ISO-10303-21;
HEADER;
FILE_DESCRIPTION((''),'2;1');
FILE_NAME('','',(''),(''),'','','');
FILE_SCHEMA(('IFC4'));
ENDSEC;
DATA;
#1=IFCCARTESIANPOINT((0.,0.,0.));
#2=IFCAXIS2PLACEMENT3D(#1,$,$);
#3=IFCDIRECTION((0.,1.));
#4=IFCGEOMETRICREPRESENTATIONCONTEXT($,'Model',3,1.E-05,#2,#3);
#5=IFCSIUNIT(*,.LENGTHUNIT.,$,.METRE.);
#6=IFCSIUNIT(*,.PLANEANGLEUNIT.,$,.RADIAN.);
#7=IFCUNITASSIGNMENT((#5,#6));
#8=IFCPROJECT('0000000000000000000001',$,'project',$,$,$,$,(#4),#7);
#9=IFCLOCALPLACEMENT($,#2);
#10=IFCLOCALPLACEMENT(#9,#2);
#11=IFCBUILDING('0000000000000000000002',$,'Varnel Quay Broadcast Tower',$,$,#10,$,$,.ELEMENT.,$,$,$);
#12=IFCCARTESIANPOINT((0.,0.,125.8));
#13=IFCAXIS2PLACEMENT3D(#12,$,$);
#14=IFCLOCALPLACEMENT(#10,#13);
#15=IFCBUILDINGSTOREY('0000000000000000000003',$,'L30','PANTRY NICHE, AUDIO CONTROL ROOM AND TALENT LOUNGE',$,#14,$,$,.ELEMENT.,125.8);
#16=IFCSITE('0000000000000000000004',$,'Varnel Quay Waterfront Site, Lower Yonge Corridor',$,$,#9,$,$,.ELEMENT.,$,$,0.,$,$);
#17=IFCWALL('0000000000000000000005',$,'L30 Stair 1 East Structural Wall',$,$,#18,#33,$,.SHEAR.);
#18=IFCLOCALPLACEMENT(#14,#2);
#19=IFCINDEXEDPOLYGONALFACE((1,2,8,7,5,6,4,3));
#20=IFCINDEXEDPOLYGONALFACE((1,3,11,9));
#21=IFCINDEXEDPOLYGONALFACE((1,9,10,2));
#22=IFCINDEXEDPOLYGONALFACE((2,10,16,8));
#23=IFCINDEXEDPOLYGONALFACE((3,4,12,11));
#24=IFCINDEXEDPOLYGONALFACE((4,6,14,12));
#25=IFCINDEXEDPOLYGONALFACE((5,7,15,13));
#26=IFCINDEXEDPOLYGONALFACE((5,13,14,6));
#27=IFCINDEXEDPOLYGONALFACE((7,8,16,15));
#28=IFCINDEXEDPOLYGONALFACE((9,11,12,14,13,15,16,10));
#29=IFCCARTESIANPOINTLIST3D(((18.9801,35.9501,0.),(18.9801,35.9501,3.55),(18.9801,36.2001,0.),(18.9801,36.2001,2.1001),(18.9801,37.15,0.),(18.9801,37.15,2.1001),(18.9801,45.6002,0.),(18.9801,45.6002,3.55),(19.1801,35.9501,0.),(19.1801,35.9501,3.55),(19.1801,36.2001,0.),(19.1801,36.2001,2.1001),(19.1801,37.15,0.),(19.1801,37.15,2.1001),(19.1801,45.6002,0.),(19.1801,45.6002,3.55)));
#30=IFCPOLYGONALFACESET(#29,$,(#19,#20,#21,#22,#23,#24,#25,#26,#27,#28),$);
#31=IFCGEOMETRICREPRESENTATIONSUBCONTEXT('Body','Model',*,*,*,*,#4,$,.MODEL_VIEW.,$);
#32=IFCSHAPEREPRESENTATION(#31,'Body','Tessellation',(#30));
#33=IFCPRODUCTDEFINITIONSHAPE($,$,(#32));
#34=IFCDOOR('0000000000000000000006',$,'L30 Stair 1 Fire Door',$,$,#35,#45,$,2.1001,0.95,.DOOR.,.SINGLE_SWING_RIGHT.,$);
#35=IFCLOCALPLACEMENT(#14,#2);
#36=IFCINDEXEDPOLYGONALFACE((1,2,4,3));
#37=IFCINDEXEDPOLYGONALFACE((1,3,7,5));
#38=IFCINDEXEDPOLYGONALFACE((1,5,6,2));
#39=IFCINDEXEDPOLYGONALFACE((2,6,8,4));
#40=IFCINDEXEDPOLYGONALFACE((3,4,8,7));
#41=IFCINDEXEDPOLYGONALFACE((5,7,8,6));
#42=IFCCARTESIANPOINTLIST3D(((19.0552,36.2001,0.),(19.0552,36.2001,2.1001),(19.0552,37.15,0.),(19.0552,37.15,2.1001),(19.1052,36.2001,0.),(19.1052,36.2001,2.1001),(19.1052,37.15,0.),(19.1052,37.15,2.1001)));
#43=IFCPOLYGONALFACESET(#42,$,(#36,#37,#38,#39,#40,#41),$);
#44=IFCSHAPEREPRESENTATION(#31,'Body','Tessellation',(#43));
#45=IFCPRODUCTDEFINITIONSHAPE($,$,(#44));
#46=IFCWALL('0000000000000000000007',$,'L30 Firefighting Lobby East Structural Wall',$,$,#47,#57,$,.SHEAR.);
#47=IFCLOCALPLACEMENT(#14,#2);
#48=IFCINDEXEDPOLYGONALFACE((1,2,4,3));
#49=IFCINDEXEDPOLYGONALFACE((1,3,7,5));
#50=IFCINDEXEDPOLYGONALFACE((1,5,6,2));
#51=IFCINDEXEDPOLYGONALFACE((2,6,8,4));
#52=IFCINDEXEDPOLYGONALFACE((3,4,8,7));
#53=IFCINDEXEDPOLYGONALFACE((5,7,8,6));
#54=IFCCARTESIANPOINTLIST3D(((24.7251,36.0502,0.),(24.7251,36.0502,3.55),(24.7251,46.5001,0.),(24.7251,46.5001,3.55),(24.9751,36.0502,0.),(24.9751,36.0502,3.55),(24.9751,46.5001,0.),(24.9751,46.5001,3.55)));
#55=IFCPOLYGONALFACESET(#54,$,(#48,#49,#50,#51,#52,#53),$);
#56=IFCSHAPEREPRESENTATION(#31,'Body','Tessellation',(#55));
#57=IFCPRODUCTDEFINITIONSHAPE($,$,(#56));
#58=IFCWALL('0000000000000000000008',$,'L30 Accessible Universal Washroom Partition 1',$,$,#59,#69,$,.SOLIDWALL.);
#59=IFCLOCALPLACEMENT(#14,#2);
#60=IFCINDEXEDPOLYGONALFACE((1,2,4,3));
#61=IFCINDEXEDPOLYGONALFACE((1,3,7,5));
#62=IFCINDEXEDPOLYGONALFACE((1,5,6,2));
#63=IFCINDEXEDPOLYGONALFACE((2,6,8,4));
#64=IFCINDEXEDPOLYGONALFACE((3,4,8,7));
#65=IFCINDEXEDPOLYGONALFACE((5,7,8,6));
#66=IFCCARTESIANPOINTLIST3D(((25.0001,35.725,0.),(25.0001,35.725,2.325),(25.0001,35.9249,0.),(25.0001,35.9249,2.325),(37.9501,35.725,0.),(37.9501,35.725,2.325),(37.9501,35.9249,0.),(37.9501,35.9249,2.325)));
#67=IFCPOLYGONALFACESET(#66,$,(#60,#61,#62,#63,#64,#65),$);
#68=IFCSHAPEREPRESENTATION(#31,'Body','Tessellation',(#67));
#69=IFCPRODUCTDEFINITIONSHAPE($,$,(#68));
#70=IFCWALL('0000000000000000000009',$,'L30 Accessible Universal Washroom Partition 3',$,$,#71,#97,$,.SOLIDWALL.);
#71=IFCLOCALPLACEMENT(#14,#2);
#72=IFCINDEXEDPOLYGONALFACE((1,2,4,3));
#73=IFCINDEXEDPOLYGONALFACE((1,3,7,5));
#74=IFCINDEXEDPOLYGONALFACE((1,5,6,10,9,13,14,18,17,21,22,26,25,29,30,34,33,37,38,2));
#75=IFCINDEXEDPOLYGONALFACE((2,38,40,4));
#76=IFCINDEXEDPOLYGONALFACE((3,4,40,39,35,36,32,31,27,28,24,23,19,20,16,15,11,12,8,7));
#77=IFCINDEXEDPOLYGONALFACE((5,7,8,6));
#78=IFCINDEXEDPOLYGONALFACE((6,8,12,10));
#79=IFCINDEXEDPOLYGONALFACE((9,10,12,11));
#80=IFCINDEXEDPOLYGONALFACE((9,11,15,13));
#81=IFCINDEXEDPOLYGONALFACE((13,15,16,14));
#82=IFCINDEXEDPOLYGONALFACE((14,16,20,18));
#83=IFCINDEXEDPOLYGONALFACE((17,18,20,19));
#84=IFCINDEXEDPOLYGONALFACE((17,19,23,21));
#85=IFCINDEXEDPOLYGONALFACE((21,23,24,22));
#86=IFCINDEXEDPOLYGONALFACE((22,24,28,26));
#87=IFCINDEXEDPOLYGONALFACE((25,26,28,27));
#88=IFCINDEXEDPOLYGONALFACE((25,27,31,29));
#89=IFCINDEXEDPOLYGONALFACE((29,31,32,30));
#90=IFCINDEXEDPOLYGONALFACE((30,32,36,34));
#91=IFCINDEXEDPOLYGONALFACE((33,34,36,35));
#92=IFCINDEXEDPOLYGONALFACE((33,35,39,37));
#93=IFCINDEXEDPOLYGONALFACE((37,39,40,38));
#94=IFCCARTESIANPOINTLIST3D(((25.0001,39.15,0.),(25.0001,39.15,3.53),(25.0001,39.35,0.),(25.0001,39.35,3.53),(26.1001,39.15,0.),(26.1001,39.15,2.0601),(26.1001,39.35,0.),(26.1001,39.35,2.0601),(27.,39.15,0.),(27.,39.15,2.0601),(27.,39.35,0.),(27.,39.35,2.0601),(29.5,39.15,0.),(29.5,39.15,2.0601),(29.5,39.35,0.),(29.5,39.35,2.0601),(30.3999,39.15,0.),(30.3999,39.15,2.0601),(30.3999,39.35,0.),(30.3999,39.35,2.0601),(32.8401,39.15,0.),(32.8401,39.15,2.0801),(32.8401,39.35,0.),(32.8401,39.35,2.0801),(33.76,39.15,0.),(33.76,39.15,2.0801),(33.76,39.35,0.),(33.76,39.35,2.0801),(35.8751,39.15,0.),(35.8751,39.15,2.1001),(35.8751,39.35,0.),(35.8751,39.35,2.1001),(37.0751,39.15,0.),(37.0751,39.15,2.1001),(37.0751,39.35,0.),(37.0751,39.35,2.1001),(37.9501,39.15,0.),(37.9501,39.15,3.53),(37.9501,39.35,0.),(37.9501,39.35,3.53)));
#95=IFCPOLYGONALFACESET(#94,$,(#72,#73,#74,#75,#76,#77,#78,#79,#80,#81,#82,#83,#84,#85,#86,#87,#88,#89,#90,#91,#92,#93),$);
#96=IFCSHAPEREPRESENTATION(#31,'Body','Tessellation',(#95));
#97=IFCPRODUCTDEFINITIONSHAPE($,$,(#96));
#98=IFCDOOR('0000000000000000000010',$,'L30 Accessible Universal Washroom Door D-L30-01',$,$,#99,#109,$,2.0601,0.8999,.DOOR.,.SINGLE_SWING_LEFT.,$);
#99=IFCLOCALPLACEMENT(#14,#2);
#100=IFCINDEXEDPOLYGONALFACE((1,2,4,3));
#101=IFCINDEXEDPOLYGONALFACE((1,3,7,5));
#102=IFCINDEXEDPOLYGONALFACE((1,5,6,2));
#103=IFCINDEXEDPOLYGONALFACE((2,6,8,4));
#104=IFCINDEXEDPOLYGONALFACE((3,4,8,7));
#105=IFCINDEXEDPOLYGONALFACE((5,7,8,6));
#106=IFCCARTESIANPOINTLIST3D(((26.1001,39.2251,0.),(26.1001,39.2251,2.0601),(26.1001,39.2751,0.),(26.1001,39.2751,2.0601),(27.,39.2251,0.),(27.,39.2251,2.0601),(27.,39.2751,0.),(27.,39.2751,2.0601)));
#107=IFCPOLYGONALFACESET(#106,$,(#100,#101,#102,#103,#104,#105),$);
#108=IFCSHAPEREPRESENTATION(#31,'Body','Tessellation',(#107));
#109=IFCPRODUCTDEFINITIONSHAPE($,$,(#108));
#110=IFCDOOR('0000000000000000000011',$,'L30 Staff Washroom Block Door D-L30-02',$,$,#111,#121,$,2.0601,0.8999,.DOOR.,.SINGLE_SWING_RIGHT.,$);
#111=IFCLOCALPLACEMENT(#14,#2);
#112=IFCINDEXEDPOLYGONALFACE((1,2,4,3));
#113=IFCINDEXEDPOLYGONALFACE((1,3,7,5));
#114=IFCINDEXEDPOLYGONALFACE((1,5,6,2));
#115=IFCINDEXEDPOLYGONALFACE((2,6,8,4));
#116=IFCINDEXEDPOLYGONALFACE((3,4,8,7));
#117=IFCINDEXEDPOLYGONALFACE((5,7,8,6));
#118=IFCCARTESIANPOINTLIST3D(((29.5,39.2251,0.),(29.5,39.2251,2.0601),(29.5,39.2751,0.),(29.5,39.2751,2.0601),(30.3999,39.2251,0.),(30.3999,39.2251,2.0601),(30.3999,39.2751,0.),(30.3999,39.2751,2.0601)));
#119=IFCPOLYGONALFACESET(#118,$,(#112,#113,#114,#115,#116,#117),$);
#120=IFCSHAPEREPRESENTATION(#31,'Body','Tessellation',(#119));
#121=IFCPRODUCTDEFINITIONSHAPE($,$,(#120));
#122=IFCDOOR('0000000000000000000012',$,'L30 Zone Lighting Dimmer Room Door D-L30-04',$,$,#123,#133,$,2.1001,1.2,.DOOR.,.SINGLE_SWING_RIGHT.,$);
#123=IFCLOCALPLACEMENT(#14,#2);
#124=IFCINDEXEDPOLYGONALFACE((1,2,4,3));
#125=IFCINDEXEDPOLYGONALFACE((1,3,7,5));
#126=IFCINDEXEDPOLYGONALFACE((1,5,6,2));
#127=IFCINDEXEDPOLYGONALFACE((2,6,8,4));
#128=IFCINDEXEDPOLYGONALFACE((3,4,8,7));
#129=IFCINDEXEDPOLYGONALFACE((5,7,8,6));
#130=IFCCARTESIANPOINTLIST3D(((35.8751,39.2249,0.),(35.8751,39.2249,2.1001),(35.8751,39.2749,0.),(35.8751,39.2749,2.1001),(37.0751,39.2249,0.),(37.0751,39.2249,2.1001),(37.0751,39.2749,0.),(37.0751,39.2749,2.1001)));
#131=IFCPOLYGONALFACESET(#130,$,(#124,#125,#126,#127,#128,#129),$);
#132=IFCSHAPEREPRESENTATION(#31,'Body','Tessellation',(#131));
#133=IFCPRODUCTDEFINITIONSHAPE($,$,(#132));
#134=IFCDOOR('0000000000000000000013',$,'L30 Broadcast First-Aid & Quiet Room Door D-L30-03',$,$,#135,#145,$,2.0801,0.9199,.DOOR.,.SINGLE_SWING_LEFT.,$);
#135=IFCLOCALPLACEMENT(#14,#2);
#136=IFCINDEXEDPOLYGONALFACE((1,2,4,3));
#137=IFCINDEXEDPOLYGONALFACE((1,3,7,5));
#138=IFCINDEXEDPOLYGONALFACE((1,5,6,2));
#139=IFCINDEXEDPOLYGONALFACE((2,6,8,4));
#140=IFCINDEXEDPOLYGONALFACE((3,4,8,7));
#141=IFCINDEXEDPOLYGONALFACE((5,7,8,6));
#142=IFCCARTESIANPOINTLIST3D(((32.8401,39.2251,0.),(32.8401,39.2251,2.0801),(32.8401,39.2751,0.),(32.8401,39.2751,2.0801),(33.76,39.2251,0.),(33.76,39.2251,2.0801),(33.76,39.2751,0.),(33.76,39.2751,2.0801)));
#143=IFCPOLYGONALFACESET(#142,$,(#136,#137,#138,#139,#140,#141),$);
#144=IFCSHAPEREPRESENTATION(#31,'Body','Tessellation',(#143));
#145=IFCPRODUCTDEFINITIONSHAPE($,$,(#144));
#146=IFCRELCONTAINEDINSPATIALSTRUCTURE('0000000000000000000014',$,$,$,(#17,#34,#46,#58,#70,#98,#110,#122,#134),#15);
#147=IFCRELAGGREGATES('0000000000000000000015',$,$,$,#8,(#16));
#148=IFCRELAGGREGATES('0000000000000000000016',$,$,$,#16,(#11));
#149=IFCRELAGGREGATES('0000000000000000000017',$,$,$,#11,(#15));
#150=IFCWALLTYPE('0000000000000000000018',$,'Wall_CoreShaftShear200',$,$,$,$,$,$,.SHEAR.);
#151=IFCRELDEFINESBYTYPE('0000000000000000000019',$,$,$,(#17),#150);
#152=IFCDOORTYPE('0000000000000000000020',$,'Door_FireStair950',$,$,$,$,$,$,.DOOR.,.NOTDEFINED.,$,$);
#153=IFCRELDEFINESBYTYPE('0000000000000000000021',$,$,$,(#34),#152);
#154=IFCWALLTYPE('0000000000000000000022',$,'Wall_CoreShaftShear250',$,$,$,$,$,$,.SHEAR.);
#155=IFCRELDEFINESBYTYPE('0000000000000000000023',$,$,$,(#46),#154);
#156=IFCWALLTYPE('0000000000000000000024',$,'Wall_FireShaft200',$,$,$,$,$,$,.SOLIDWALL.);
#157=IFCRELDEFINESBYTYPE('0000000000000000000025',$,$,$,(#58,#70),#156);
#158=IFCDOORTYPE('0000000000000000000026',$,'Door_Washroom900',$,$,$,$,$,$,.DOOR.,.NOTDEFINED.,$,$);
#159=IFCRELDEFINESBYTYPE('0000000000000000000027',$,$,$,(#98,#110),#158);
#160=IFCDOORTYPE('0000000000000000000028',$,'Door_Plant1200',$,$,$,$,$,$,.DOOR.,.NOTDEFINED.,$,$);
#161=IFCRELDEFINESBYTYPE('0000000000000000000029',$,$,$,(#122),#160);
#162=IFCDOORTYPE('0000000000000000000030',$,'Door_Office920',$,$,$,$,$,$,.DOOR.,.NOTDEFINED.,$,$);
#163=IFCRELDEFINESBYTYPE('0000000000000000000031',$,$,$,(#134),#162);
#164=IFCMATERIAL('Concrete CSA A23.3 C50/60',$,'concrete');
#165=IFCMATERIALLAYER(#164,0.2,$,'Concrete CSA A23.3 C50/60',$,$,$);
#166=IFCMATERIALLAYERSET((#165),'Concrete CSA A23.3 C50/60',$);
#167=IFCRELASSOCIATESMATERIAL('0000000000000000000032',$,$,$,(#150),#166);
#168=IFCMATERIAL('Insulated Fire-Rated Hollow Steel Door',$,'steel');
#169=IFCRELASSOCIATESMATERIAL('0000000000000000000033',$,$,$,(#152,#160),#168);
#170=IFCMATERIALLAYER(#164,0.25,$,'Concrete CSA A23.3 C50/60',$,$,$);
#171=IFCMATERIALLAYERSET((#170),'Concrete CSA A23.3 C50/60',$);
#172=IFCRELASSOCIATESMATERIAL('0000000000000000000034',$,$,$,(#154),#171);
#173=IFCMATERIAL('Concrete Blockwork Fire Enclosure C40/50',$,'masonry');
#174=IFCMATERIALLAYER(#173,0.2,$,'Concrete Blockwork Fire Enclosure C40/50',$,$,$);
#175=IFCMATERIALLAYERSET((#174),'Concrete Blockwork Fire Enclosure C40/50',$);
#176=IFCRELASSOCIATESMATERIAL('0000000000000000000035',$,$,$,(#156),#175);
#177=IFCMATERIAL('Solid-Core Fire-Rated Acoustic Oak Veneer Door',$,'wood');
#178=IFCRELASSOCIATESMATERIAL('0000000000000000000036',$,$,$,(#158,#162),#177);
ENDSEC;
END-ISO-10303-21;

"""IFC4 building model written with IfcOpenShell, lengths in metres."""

from ifc_helpers import new_model, si_unit, direction, frame, frame_2d, origin, place, context, subcontext, project, spatial, rectangle, extrude, source, transform, mapped, material, layer, layer_set, type_object, type_shapes, element, fill, save


model = new_model("IFC4")

# Units and contexts
model_context = context("Model", 3, precision=1e-05, world=origin(), true_north=direction((0.0, 1.0)))
body_context = subcontext(model_context, "Body", "Model", "MODEL_VIEW")
ifc_project = project(units=[si_unit("LENGTHUNIT", "METRE"), si_unit("PLANEANGLEUNIT", "RADIAN")], contexts=[model_context])

# Site, building, storey
site_placement = place(None, origin())
site = spatial("IfcSite", under=ifc_project, at=site_placement, Name="Varnel Quay Waterfront Site, Lower Yonge Corridor", CompositionType="ELEMENT", RefElevation=0.0)
building_placement = place(site_placement, origin())
building = spatial("IfcBuilding", under=site, at=building_placement, Name="Varnel Quay Broadcast Tower", CompositionType="ELEMENT")
storey_placement = place(building_placement, frame((0.0, 0.0, 125.8)))
storey = spatial("IfcBuildingStorey", under=building, at=storey_placement, Name="L30", Description="PANTRY NICHE, AUDIO CONTROL ROOM AND TALENT LOUNGE", CompositionType="ELEMENT", Elevation=125.8)

# Wall, opening, door
ifc_material_1 = material(Name="Concrete CSA A23.3 C50/60", Category="concrete")
ifc_layer_1 = layer(ifc_material_1, 0.2, Name="Concrete CSA A23.3 C50/60")
ifc_layer_set_1 = layer_set([ifc_layer_1], Name="Concrete CSA A23.3 C50/60")
wall_type_1 = type_object("IfcWallType", Name="Wall_CoreShaftShear200", PredefinedType="SHEAR", material=ifc_layer_set_1)
wall_1_placement = place(storey_placement, frame((19.0801, 35.95, 0.0), z_axis=(0.0, 0.0, 1.0), x_axis=(0.0, 1.0, 0.0)))
wall_1 = element("IfcWall", 1, at=wall_1_placement, inside=storey, type_object=wall_type_1, Name="L30 Stair 1 East Structural Wall", PredefinedType="SHEAR", context=body_context, shape_type="SweptSolid", body=[
    extrude(rectangle(XDim=9.6501, YDim=0.2, at=frame_2d((4.8252, 0.0))), origin(), (0.0, 0.0, 1.0), 3.55),
])
opening_1_placement = place(wall_1_placement, frame((0.25, 0.0, 0.0)))
opening_1 = element("IfcOpeningElement", 2, at=opening_1_placement, cuts=wall_1, PredefinedType="OPENING", context=body_context, shape_type="SweptSolid", body=[
    extrude(rectangle(XDim=0.95, YDim=2.1001, at=frame_2d((0.4751, 1.05))), frame((0.0, 0.1099, 0.0), z_axis=(0.0, -1.0, 0.0), x_axis=(1.0, 0.0, 0.0)), (0.0, 0.0, 1.0), 0.22),
])
ifc_material_2 = material(Name="Insulated Fire-Rated Hollow Steel Door", Category="steel")
door_type_1 = type_object("IfcDoorType", Name="Door_FireStair950", OperationType="NOTDEFINED", PredefinedType="DOOR", material=ifc_material_2)
shared_shape_1 = source(origin(), body_context, "Body", "SweptSolid", [
    extrude(rectangle(XDim=0.95, YDim=2.1001, at=frame_2d((0.4751, 1.05))), frame((0.0, 0.0249, 0.0), z_axis=(0.0, -1.0, 0.0), x_axis=(1.0, 0.0, 0.0)), (0.0, 0.0, 1.0), 0.05),
])
type_shapes(door_type_1, [shared_shape_1])
door_1_placement = place(opening_1_placement, origin())
door_1 = element("IfcDoor", 3, at=door_1_placement, inside=storey, type_object=door_type_1, Name="L30 Stair 1 Fire Door", OperationType="SINGLE_SWING_RIGHT", OverallHeight=2.1001, OverallWidth=0.95, PredefinedType="DOOR", context=body_context, shape_type="MappedRepresentation", body=[
    mapped(shared_shape_1, transform((0.0, 0.0, 0.0), x_axis=(1.0, 0.0, 0.0), y_axis=(0.0, 1.0, 0.0), z_axis=(0.0, 0.0, 1.0), scale=1.0)),
])
fill(opening_1, door_1)

# Walls
ifc_layer_2 = layer(ifc_material_1, 0.25, Name="Concrete CSA A23.3 C50/60")
ifc_layer_set_2 = layer_set([ifc_layer_2], Name="Concrete CSA A23.3 C50/60")
wall_type_2 = type_object("IfcWallType", Name="Wall_CoreShaftShear250", PredefinedType="SHEAR", material=ifc_layer_set_2)
wall_2_placement = place(storey_placement, frame((24.8501, 36.05, 0.0), z_axis=(0.0, 0.0, 1.0), x_axis=(0.0, 1.0, 0.0)))
element("IfcWall", 4, at=wall_2_placement, inside=storey, type_object=wall_type_2, Name="L30 Firefighting Lobby East Structural Wall", PredefinedType="SHEAR", context=body_context, shape_type="SweptSolid", body=[
    extrude(rectangle(XDim=10.45, YDim=0.25, at=frame_2d((5.2251, 0.0))), origin(), (0.0, 0.0, 1.0), 3.55),
])
ifc_material_3 = material(Name="Concrete Blockwork Fire Enclosure C40/50", Category="masonry")
ifc_layer_3 = layer(ifc_material_3, 0.2, Name="Concrete Blockwork Fire Enclosure C40/50")
ifc_layer_set_3 = layer_set([ifc_layer_3], Name="Concrete Blockwork Fire Enclosure C40/50")
wall_type_3 = type_object("IfcWallType", Name="Wall_FireShaft200", PredefinedType="SOLIDWALL", material=ifc_layer_set_3)
wall_3_placement = place(storey_placement, frame((25.0, 35.825, 0.0), z_axis=(0.0, 0.0, 1.0), x_axis=(1.0, 0.0, 0.0)))
element("IfcWall", 5, at=wall_3_placement, inside=storey, type_object=wall_type_3, Name="L30 Accessible Universal Washroom Partition 1", PredefinedType="SOLIDWALL", context=body_context, shape_type="SweptSolid", body=[
    extrude(rectangle(XDim=12.95, YDim=0.2, at=frame_2d((6.4751, 0.0))), origin(), (0.0, 0.0, 1.0), 2.325),
])

# Wall, openings, doors
wall_4_placement = place(storey_placement, frame((25.0, 39.25, 0.0), z_axis=(0.0, 0.0, 1.0), x_axis=(1.0, 0.0, 0.0)))
wall_4 = element("IfcWall", 6, at=wall_4_placement, inside=storey, type_object=wall_type_3, Name="L30 Accessible Universal Washroom Partition 3", PredefinedType="SOLIDWALL", context=body_context, shape_type="SweptSolid", body=[
    extrude(rectangle(XDim=12.95, YDim=0.2, at=frame_2d((6.4751, 0.0))), origin(), (0.0, 0.0, 1.0), 3.53),
])
opening_2_placement = place(wall_4_placement, frame((1.1001, 0.0, 0.0)))
opening_2 = element("IfcOpeningElement", 7, at=opening_2_placement, cuts=wall_4, PredefinedType="OPENING", context=body_context, shape_type="SweptSolid", body=[
    extrude(rectangle(XDim=0.8999, YDim=2.0601, at=frame_2d((0.45, 1.03))), frame((0.0, 0.1099, 0.0), z_axis=(0.0, -1.0, 0.0), x_axis=(1.0, 0.0, 0.0)), (0.0, 0.0, 1.0), 0.22),
])
opening_3_placement = place(wall_4_placement, frame((4.5, 0.0, 0.0)))
opening_3 = element("IfcOpeningElement", 8, at=opening_3_placement, cuts=wall_4, PredefinedType="OPENING", context=body_context, shape_type="SweptSolid", body=[
    extrude(rectangle(XDim=0.8999, YDim=2.0601, at=frame_2d((0.45, 1.03))), frame((0.0, 0.1099, 0.0), z_axis=(0.0, -1.0, 0.0), x_axis=(1.0, 0.0, 0.0)), (0.0, 0.0, 1.0), 0.22),
])
opening_4_placement = place(wall_4_placement, frame((7.8401, 0.0, 0.0)))
opening_4 = element("IfcOpeningElement", 9, at=opening_4_placement, cuts=wall_4, PredefinedType="OPENING", context=body_context, shape_type="SweptSolid", body=[
    extrude(rectangle(XDim=0.9199, YDim=2.0801, at=frame_2d((0.46, 1.04))), frame((0.0, 0.1099, 0.0), z_axis=(0.0, -1.0, 0.0), x_axis=(1.0, 0.0, 0.0)), (0.0, 0.0, 1.0), 0.22),
])
opening_5_placement = place(wall_4_placement, frame((10.875, 0.0, 0.0)))
opening_5 = element("IfcOpeningElement", 10, at=opening_5_placement, cuts=wall_4, PredefinedType="OPENING", context=body_context, shape_type="SweptSolid", body=[
    extrude(rectangle(XDim=1.2, YDim=2.1001, at=frame_2d((0.6001, 1.05))), frame((0.0, 0.1099, 0.0), z_axis=(0.0, -1.0, 0.0), x_axis=(1.0, 0.0, 0.0)), (0.0, 0.0, 1.0), 0.22),
])
ifc_material_4 = material(Name="Solid-Core Fire-Rated Acoustic Oak Veneer Door", Category="wood")
door_type_2 = type_object("IfcDoorType", Name="Door_Washroom900", OperationType="NOTDEFINED", PredefinedType="DOOR", material=ifc_material_4)
shared_shape_2 = source(origin(), body_context, "Body", "SweptSolid", [
    extrude(rectangle(XDim=0.8999, YDim=2.0601, at=frame_2d((0.45, 1.03))), frame((0.0, 0.0249, 0.0), z_axis=(0.0, -1.0, 0.0), x_axis=(1.0, 0.0, 0.0)), (0.0, 0.0, 1.0), 0.05),
])
type_shapes(door_type_2, [shared_shape_2])
door_2_placement = place(opening_2_placement, frame((0.8999, 0.0, 0.0), z_axis=(0.0, 0.0, 1.0), x_axis=(-1.0, 0.0, 0.0)))
door_2 = element("IfcDoor", 11, at=door_2_placement, inside=storey, type_object=door_type_2, Name="L30 Accessible Universal Washroom Door D-L30-01", OperationType="SINGLE_SWING_LEFT", OverallHeight=2.0601, OverallWidth=0.8999, PredefinedType="DOOR", context=body_context, shape_type="MappedRepresentation", body=[
    mapped(shared_shape_2, transform((0.0, 0.0, 0.0), x_axis=(1.0, 0.0, 0.0), y_axis=(0.0, 1.0, 0.0), z_axis=(0.0, 0.0, 1.0), scale=1.0)),
])
fill(opening_2, door_2)
door_3_placement = place(opening_3_placement, frame((0.8999, 0.0, 0.0), z_axis=(0.0, 0.0, 1.0), x_axis=(-1.0, 0.0, 0.0)))
door_3 = element("IfcDoor", 12, at=door_3_placement, inside=storey, type_object=door_type_2, Name="L30 Staff Washroom Block Door D-L30-02", OperationType="SINGLE_SWING_RIGHT", OverallHeight=2.0601, OverallWidth=0.8999, PredefinedType="DOOR", context=body_context, shape_type="MappedRepresentation", body=[
    mapped(shared_shape_2, transform((0.0, 0.0, 0.0), x_axis=(1.0, 0.0, 0.0), y_axis=(0.0, 1.0, 0.0), z_axis=(0.0, 0.0, 1.0), scale=1.0)),
])
fill(opening_3, door_3)
door_type_3 = type_object("IfcDoorType", Name="Door_Plant1200", OperationType="NOTDEFINED", PredefinedType="DOOR", material=ifc_material_2)
shared_shape_3 = source(origin(), body_context, "Body", "SweptSolid", [
    extrude(rectangle(XDim=1.2, YDim=2.1001, at=frame_2d((0.6001, 1.05))), frame((0.0, 0.0249, 0.0), z_axis=(0.0, -1.0, 0.0), x_axis=(1.0, 0.0, 0.0)), (0.0, 0.0, 1.0), 0.05),
])
type_shapes(door_type_3, [shared_shape_3])
door_4_placement = place(opening_5_placement, origin())
door_4 = element("IfcDoor", 13, at=door_4_placement, inside=storey, type_object=door_type_3, Name="L30 Zone Lighting Dimmer Room Door D-L30-04", OperationType="SINGLE_SWING_RIGHT", OverallHeight=2.1001, OverallWidth=1.2, PredefinedType="DOOR", context=body_context, shape_type="MappedRepresentation", body=[
    mapped(shared_shape_3, transform((0.0, 0.0, 0.0), x_axis=(1.0, 0.0, 0.0), y_axis=(0.0, 1.0, 0.0), z_axis=(0.0, 0.0, 1.0), scale=1.0)),
])
fill(opening_5, door_4)
door_type_4 = type_object("IfcDoorType", Name="Door_Office920", OperationType="NOTDEFINED", PredefinedType="DOOR", material=ifc_material_4)
shared_shape_4 = source(origin(), body_context, "Body", "SweptSolid", [
    extrude(rectangle(XDim=0.9199, YDim=2.0801, at=frame_2d((0.46, 1.04))), frame((0.0, 0.0249, 0.0), z_axis=(0.0, -1.0, 0.0), x_axis=(1.0, 0.0, 0.0)), (0.0, 0.0, 1.0), 0.05),
])
type_shapes(door_type_4, [shared_shape_4])
door_5_placement = place(opening_4_placement, frame((0.9199, 0.0, 0.0), z_axis=(0.0, 0.0, 1.0), x_axis=(-1.0, 0.0, 0.0)))
door_5 = element("IfcDoor", 14, at=door_5_placement, inside=storey, type_object=door_type_4, Name="L30 Broadcast First-Aid & Quiet Room Door D-L30-03", OperationType="SINGLE_SWING_LEFT", OverallHeight=2.0801, OverallWidth=0.9199, PredefinedType="DOOR", context=body_context, shape_type="MappedRepresentation", body=[
    mapped(shared_shape_4, transform((0.0, 0.0, 0.0), x_axis=(1.0, 0.0, 0.0), y_axis=(0.0, 1.0, 0.0), z_axis=(0.0, 0.0, 1.0), scale=1.0)),
])
fill(opening_4, door_5)

save(model, "model.ifc")
